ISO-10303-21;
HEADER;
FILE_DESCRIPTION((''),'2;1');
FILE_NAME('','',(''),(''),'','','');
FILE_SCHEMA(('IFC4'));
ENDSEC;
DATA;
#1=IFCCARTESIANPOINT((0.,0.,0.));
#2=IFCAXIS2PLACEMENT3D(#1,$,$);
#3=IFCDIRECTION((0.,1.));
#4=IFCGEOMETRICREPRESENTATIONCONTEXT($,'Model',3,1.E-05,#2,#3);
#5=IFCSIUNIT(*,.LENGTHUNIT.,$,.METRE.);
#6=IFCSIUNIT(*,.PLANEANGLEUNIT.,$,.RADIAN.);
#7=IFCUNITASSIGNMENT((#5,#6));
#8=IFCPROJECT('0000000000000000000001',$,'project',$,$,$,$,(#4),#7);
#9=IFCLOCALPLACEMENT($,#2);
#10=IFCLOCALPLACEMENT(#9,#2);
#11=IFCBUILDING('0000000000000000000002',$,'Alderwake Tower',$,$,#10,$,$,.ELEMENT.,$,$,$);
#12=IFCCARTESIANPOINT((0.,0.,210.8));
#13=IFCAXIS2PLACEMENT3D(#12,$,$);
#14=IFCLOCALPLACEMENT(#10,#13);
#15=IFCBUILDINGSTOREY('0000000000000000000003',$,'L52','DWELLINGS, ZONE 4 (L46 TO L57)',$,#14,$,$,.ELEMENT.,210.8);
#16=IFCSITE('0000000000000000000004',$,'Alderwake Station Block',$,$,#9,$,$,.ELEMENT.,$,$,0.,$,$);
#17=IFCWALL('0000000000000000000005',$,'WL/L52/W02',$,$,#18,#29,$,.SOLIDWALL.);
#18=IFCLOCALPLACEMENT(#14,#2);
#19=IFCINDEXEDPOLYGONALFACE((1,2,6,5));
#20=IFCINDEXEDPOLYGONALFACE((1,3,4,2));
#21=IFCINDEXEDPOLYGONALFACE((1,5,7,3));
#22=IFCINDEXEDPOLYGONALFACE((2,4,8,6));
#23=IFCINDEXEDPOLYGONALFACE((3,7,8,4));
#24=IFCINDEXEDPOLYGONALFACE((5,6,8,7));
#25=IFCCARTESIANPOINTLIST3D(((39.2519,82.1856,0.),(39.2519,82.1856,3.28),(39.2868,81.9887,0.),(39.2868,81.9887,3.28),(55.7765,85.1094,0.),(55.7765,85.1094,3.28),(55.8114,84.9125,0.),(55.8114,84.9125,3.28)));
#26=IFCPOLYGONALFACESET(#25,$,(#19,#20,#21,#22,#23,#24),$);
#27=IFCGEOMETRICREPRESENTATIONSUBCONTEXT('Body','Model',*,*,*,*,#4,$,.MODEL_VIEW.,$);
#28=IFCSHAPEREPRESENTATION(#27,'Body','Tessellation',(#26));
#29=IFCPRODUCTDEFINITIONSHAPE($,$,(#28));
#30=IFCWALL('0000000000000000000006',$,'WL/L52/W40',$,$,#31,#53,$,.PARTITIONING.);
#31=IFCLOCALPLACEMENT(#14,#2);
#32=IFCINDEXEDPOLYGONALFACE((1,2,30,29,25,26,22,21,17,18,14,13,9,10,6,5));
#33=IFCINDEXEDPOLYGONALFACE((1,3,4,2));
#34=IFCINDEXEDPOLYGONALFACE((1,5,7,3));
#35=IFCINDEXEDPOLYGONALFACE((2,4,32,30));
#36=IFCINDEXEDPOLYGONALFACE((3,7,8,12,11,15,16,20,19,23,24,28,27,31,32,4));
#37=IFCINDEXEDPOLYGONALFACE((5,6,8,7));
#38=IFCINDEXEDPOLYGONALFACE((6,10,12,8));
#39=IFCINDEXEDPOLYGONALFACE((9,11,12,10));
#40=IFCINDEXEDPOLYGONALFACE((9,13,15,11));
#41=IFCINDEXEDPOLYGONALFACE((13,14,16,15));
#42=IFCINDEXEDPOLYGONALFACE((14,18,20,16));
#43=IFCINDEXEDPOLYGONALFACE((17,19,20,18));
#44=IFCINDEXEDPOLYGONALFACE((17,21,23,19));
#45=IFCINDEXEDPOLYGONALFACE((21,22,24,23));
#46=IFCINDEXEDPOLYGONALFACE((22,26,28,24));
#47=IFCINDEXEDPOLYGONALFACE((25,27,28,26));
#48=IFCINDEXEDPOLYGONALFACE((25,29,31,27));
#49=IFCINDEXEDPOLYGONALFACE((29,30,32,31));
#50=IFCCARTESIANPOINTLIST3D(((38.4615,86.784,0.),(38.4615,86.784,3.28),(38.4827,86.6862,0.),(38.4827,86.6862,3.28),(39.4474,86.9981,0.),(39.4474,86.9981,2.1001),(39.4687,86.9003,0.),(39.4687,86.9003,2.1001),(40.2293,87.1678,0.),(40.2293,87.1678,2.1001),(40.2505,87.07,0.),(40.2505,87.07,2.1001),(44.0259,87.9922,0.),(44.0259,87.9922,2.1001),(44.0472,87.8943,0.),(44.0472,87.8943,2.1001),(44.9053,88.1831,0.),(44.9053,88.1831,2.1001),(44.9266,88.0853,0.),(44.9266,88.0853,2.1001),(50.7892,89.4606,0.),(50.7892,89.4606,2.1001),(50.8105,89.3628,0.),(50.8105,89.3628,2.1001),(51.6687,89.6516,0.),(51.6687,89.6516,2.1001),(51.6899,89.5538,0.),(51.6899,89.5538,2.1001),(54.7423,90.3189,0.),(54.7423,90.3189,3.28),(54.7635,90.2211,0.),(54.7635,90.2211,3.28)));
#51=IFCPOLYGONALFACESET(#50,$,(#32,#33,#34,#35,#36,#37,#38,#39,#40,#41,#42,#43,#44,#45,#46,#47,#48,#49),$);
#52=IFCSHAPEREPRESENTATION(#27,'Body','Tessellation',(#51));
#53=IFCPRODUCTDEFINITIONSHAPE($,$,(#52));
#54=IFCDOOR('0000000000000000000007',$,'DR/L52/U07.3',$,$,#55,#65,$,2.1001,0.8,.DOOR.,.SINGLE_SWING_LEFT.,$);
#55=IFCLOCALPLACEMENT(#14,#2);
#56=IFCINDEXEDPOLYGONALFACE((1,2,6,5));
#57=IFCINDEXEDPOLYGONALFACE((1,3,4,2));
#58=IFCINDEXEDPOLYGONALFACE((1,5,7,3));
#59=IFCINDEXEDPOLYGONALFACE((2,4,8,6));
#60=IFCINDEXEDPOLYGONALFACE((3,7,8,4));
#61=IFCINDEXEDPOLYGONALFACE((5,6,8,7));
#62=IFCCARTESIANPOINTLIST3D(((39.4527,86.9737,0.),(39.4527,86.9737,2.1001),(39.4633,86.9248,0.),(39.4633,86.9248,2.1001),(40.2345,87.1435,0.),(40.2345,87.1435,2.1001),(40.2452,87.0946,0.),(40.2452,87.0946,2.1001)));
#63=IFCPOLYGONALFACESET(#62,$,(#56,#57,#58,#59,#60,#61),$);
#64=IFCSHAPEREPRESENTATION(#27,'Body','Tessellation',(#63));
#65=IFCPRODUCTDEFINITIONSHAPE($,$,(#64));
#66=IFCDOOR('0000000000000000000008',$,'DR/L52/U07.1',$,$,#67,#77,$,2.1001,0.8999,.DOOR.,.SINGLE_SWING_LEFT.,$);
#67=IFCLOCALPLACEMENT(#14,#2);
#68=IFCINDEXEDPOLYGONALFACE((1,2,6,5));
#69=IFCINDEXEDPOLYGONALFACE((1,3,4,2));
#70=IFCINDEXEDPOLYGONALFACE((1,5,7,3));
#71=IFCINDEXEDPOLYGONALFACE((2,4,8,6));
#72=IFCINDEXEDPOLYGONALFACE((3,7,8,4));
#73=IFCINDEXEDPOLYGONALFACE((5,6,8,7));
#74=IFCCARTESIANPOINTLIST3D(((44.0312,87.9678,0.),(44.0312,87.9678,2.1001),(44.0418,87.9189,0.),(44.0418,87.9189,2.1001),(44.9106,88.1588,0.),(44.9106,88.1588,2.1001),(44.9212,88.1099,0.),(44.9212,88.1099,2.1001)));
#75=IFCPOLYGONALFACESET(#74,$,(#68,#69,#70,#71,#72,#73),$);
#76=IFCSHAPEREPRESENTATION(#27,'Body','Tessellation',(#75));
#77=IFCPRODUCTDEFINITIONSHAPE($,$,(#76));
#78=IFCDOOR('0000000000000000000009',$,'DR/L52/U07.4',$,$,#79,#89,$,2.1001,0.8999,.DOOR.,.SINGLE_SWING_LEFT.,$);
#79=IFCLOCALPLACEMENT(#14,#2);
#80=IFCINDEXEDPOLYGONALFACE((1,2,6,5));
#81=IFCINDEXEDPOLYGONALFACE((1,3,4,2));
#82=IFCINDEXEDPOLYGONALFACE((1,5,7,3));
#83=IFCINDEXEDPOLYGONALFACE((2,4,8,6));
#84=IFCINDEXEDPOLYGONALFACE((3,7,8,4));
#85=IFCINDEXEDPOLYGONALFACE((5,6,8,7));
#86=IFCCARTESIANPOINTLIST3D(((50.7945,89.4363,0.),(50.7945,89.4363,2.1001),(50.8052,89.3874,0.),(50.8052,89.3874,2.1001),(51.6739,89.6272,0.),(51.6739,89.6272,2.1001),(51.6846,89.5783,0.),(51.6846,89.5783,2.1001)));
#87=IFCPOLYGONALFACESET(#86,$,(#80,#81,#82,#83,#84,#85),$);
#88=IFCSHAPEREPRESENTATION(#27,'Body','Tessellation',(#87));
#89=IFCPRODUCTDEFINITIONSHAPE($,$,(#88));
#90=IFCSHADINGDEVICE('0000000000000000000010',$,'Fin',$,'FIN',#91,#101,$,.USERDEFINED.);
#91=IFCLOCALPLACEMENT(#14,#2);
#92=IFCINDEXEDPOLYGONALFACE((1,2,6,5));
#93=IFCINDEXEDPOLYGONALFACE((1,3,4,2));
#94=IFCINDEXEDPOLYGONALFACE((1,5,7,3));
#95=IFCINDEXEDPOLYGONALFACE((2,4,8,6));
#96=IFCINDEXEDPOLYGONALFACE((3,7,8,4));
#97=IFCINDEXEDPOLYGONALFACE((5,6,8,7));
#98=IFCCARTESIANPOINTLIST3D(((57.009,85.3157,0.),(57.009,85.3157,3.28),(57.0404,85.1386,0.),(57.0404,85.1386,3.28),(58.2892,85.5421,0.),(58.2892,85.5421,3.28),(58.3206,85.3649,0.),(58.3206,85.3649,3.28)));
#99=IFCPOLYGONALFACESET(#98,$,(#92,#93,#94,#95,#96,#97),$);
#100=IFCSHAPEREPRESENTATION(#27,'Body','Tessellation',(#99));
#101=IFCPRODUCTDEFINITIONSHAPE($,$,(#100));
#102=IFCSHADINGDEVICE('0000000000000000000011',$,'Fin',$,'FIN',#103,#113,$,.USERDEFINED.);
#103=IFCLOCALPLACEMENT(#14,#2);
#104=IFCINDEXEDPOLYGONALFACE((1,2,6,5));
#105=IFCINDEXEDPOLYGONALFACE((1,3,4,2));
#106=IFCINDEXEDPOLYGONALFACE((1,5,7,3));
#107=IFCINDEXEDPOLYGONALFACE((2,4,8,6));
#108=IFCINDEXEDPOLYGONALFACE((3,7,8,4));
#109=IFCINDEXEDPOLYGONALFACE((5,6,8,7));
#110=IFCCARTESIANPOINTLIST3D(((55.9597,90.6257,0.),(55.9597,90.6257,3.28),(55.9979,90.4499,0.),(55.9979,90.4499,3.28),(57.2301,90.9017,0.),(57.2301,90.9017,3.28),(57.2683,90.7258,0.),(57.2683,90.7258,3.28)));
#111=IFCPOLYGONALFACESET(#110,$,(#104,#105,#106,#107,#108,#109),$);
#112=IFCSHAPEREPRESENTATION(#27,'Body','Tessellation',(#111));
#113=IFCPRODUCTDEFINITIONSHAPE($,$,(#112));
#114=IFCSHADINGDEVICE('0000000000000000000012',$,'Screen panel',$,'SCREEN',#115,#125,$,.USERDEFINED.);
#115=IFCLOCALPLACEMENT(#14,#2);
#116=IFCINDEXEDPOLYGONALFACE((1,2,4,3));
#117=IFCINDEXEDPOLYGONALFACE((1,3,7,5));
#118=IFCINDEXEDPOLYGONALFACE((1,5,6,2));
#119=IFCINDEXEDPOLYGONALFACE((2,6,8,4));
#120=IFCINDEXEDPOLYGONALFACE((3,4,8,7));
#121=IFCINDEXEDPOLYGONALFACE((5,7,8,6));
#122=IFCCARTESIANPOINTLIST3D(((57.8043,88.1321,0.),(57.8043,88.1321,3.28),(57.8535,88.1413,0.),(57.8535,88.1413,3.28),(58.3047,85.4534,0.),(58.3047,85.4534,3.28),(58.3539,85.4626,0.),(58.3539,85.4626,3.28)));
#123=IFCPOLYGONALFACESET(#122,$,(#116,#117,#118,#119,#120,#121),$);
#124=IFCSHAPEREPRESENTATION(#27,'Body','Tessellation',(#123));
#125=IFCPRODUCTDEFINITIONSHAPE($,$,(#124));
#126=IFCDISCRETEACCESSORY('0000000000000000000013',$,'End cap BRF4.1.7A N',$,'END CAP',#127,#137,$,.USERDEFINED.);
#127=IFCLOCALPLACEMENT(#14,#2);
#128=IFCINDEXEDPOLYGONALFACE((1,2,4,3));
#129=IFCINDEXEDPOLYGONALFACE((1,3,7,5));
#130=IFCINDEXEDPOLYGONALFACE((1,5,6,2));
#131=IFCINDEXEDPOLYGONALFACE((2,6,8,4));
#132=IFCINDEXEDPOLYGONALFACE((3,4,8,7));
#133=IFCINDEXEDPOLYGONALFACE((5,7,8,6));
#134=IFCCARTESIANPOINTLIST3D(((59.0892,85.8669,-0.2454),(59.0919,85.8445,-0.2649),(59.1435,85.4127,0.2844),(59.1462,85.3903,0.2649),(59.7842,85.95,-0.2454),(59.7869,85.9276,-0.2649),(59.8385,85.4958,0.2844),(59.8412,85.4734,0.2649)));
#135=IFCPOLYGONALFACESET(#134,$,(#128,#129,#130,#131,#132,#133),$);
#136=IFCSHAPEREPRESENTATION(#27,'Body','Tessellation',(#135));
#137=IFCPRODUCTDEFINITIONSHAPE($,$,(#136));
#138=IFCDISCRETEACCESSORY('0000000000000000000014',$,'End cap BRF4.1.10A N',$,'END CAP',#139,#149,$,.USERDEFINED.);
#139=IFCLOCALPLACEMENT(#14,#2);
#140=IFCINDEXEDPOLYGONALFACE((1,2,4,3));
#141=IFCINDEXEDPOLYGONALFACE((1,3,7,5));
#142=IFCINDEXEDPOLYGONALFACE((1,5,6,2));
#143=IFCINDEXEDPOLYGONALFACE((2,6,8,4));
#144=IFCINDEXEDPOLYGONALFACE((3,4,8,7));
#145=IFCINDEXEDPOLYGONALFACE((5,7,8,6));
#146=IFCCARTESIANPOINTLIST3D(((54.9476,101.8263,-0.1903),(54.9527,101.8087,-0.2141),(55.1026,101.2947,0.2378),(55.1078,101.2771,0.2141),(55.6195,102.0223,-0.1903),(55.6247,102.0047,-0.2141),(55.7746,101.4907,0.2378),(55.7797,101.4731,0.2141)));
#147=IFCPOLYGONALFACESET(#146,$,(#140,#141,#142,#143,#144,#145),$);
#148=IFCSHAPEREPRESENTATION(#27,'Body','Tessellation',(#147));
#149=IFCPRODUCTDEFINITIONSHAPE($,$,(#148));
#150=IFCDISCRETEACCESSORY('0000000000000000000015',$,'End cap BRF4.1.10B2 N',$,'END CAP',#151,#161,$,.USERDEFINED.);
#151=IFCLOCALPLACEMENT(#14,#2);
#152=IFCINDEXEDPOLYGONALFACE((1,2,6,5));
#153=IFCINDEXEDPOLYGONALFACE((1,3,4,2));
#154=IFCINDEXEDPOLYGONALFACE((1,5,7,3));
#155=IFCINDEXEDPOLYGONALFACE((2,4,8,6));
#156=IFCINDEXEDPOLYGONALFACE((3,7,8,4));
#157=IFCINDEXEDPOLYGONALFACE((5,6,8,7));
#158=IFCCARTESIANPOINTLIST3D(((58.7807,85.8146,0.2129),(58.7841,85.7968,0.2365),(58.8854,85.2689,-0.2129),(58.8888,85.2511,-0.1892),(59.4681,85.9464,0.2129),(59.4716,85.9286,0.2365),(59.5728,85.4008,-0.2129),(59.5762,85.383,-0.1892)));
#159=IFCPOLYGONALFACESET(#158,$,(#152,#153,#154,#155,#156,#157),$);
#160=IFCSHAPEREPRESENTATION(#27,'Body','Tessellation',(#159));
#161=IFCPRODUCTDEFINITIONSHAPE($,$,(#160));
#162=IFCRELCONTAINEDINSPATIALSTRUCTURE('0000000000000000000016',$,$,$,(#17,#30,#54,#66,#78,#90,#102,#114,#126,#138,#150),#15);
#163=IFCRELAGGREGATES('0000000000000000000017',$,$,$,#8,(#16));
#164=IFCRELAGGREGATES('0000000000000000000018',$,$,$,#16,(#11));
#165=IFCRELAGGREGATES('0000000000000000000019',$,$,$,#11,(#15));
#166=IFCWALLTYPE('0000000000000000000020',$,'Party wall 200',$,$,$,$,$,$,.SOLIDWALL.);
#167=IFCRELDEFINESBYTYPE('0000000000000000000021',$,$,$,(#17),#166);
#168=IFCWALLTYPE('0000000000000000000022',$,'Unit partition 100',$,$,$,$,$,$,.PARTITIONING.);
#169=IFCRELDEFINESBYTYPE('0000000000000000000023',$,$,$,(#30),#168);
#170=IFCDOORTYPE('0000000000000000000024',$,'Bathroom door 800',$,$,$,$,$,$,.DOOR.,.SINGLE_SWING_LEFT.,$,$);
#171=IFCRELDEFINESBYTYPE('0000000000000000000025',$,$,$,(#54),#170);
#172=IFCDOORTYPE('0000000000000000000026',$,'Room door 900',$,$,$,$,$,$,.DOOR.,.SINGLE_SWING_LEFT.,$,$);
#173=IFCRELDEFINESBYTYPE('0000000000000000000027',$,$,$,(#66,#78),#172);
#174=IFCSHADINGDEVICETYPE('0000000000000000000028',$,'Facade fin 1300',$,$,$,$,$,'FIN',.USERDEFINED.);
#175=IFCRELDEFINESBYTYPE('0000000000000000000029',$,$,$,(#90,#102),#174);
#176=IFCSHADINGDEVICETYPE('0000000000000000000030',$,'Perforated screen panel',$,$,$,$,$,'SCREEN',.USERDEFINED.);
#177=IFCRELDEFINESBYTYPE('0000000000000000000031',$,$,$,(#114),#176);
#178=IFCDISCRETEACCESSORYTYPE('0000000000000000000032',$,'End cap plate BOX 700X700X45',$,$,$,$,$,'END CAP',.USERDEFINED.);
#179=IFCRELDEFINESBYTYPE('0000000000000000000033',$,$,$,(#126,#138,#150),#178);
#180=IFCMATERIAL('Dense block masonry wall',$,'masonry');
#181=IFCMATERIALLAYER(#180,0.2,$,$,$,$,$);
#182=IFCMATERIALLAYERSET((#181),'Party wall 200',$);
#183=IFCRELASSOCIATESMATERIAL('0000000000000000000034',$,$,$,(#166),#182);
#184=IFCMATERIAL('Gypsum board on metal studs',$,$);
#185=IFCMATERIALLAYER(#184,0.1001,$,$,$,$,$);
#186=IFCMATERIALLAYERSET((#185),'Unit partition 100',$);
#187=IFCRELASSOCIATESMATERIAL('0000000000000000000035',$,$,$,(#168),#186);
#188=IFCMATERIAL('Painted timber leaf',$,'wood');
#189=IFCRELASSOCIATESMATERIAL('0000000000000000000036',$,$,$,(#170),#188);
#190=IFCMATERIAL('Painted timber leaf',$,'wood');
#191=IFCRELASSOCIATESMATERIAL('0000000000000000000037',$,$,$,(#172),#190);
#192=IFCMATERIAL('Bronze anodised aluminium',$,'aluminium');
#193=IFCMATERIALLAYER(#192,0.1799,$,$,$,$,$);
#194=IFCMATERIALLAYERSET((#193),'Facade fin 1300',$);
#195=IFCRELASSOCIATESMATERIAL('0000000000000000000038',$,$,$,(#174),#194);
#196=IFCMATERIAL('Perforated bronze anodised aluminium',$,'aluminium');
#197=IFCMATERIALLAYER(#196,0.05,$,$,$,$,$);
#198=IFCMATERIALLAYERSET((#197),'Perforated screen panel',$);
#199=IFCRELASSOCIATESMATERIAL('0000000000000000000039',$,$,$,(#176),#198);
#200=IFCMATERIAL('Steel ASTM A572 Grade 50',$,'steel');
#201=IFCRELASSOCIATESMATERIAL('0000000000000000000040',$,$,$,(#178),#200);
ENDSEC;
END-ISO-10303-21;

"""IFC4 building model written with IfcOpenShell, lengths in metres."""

from ifc_helpers import new_model, si_unit, direction, frame, frame_2d, origin, origin_2d, place, context, subcontext, project, spatial, rectangle, extrude, material, layer, layer_set, material_profile, profile_set, type_object, element, fill, save


model = new_model("IFC4")

# Units and contexts
model_context = context("Model", 3, precision=1e-05, world=origin(), true_north=direction((0.0, 1.0)))
body_context = subcontext(model_context, "Body", "Model", "MODEL_VIEW")
ifc_project = project(units=[si_unit("LENGTHUNIT", "METRE"), si_unit("PLANEANGLEUNIT", "RADIAN")], contexts=[model_context])

# Site, building, storey
site_placement = place(None, origin())
site = spatial("IfcSite", under=ifc_project, at=site_placement, Name="Alderwake Station Block", CompositionType="ELEMENT", RefElevation=0.0)
building_placement = place(site_placement, origin())
building = spatial("IfcBuilding", under=site, at=building_placement, Name="Alderwake Tower", CompositionType="ELEMENT")
storey_placement = place(building_placement, frame((0.0, 0.0, 210.8)))
storey = spatial("IfcBuildingStorey", under=building, at=storey_placement, Name="L52", Description="DWELLINGS, ZONE 4 (L46 TO L57)", CompositionType="ELEMENT", Elevation=210.8)

# Wall
ifc_material_1 = material(Name="Dense block masonry wall", Category="masonry")
ifc_layer_1 = layer(ifc_material_1, 0.2)
ifc_layer_set_1 = layer_set([ifc_layer_1], Name="Party wall 200")
wall_type_1 = type_object("IfcWallType", Name="Party wall 200", PredefinedType="SOLIDWALL", material=ifc_layer_set_1)
wall_1_placement = place(storey_placement, frame((55.7939, 85.011, 0.0), z_axis=(0.0, 0.0, 1.0), x_axis=(-0.984705, -0.174231, 0.0)))
element("IfcWall", 1, at=wall_1_placement, inside=storey, type_object=wall_type_1, Name="WL/L52/W02", PredefinedType="SOLIDWALL", context=body_context, shape_type="SweptSolid", body=[
    extrude(rectangle(XDim=16.7812, YDim=0.2, at=frame_2d((8.3906, 0.0))), origin(), (0.0, 0.0, 1.0), 3.28),
])

# Wall, openings, doors
ifc_material_2 = material(Name="Gypsum board on metal studs")
ifc_layer_2 = layer(ifc_material_2, 0.1001)
ifc_layer_set_2 = layer_set([ifc_layer_2], Name="Unit partition 100")
wall_type_2 = type_object("IfcWallType", Name="Unit partition 100", PredefinedType="PARTITIONING", material=ifc_layer_set_2)
wall_2_placement = place(storey_placement, frame((54.7529, 90.27, 0.0), z_axis=(0.0, 0.0, 1.0), x_axis=(-0.977231, -0.212178, 0.0)))
wall_2 = element("IfcWall", 2, at=wall_2_placement, inside=storey, type_object=wall_type_2, Name="WL/L52/W40", PredefinedType="PARTITIONING", context=body_context, shape_type="SweptSolid", body=[
    extrude(rectangle(XDim=16.6602, YDim=0.1001, at=frame_2d((8.3301, 0.0))), origin(), (0.0, 0.0, 1.0), 3.28),
])
opening_1_placement = place(wall_2_placement, frame((10.0662, 0.0, 0.0)))
opening_1 = element("IfcOpeningElement", 3, at=opening_1_placement, cuts=wall_2, PredefinedType="OPENING", context=body_context, shape_type="SweptSolid", body=[
    extrude(rectangle(XDim=0.8999, YDim=2.1001, at=frame_2d((0.45, 1.05))), frame((0.0, 0.0601, 0.0), z_axis=(0.0, -1.0, 0.0), x_axis=(1.0, 0.0, 0.0)), (0.0, 0.0, 1.0), 0.1201),
])
opening_2_placement = place(wall_2_placement, frame((14.8513, 0.0, 0.0)))
opening_2 = element("IfcOpeningElement", 4, at=opening_2_placement, cuts=wall_2, PredefinedType="OPENING", context=body_context, shape_type="SweptSolid", body=[
    extrude(rectangle(XDim=0.8, YDim=2.1001, at=frame_2d((0.3999, 1.05))), frame((0.0, 0.0601, 0.0), z_axis=(0.0, -1.0, 0.0), x_axis=(1.0, 0.0, 0.0)), (0.0, 0.0, 1.0), 0.1201),
])
opening_3_placement = place(wall_2_placement, frame((3.1453, 0.0, 0.0)))
opening_3 = element("IfcOpeningElement", 5, at=opening_3_placement, cuts=wall_2, PredefinedType="OPENING", context=body_context, shape_type="SweptSolid", body=[
    extrude(rectangle(XDim=0.8999, YDim=2.1001, at=frame_2d((0.45, 1.05))), frame((0.0, 0.0601, 0.0), z_axis=(0.0, -1.0, 0.0), x_axis=(1.0, 0.0, 0.0)), (0.0, 0.0, 1.0), 0.1201),
])
ifc_material_3 = material(Name="Painted timber leaf", Category="wood")
door_type_1 = type_object("IfcDoorType", Name="Bathroom door 800", OperationType="SINGLE_SWING_LEFT", PredefinedType="DOOR", material=ifc_material_3)
door_1_placement = place(opening_2_placement, origin())
door_1 = element("IfcDoor", 6, at=door_1_placement, inside=storey, type_object=door_type_1, Name="DR/L52/U07.3", OperationType="SINGLE_SWING_LEFT", OverallHeight=2.1001, OverallWidth=0.8, PredefinedType="DOOR", context=body_context, shape_type="SweptSolid", body=[
    extrude(rectangle(XDim=0.8, YDim=2.1001, at=frame_2d((0.3999, 1.05))), frame((0.0, 0.0249, 0.0), z_axis=(0.0, -1.0, 0.0), x_axis=(1.0, 0.0, 0.0)), (0.0, 0.0, 1.0), 0.05),
])
fill(opening_2, door_1)
ifc_material_4 = material(Name="Painted timber leaf", Category="wood")
door_type_2 = type_object("IfcDoorType", Name="Room door 900", OperationType="SINGLE_SWING_LEFT", PredefinedType="DOOR", material=ifc_material_4)
door_2_placement = place(opening_1_placement, origin())
door_2 = element("IfcDoor", 7, at=door_2_placement, inside=storey, type_object=door_type_2, Name="DR/L52/U07.1", OperationType="SINGLE_SWING_LEFT", OverallHeight=2.1001, OverallWidth=0.8999, PredefinedType="DOOR", context=body_context, shape_type="SweptSolid", body=[
    extrude(rectangle(XDim=0.8999, YDim=2.1001, at=frame_2d((0.45, 1.05))), frame((0.0, 0.0249, 0.0), z_axis=(0.0, -1.0, 0.0), x_axis=(1.0, 0.0, 0.0)), (0.0, 0.0, 1.0), 0.05),
])
fill(opening_1, door_2)
door_3_placement = place(opening_3_placement, origin())
door_3 = element("IfcDoor", 8, at=door_3_placement, inside=storey, type_object=door_type_2, Name="DR/L52/U07.4", OperationType="SINGLE_SWING_LEFT", OverallHeight=2.1001, OverallWidth=0.8999, PredefinedType="DOOR", context=body_context, shape_type="SweptSolid", body=[
    extrude(rectangle(XDim=0.8999, YDim=2.1001, at=frame_2d((0.45, 1.05))), frame((0.0, 0.0249, 0.0), z_axis=(0.0, -1.0, 0.0), x_axis=(1.0, 0.0, 0.0)), (0.0, 0.0, 1.0), 0.05),
])
fill(opening_3, door_3)

# Shading devices
ifc_material_5 = material(Name="Bronze anodised aluminium", Category="aluminium")
ifc_layer_3 = layer(ifc_material_5, 0.1799)
ifc_layer_set_3 = layer_set([ifc_layer_3], Name="Facade fin 1300")
shading_device_type_1 = type_object("IfcShadingDeviceType", Name="Facade fin 1300", ElementType="FIN", PredefinedType="USERDEFINED", material=ifc_layer_set_3)
for number, where, z_axis, x_axis, name in (
    (9, (57.6648, 85.3403, 0.0), (0.0, 0.0, 1.0), (0.984726, 0.174109, 0.0), "Fin"),
    (10, (56.614, 90.6758, 0.0), (0.0, 0.0, 1.0), (0.97721, 0.212273, 0.0), "Fin"),
):
    element("IfcShadingDevice", number, at=place(storey_placement, frame(where, z_axis=z_axis, x_axis=x_axis)), inside=storey, type_object=shading_device_type_1, Name=name, ObjectType="FIN", PredefinedType="USERDEFINED", context=body_context, shape_type="SweptSolid", body=[
        extrude(rectangle(XDim=1.3, YDim=0.1799, at=origin_2d()), origin(), (0.0, 0.0, 1.0), 3.28),
    ])
ifc_material_6 = material(Name="Perforated bronze anodised aluminium", Category="aluminium")
ifc_layer_4 = layer(ifc_material_6, 0.05)
ifc_layer_set_4 = layer_set([ifc_layer_4], Name="Perforated screen panel")
shading_device_type_2 = type_object("IfcShadingDeviceType", Name="Perforated screen panel", ElementType="SCREEN", PredefinedType="USERDEFINED", material=ifc_layer_set_4)
shading_device_placement = place(storey_placement, frame((58.0791, 86.7974, 0.0), z_axis=(0.0, 0.0, 1.0), x_axis=(0.982991, 0.183651, 0.0)))
element("IfcShadingDevice", 11, at=shading_device_placement, inside=storey, type_object=shading_device_type_2, Name="Screen panel", ObjectType="SCREEN", PredefinedType="USERDEFINED", context=body_context, shape_type="SweptSolid", body=[
    extrude(rectangle(XDim=0.05, YDim=2.7251, at=origin_2d()), origin(), (0.0, 0.0, 1.0), 3.28),
])

# Discrete accessories
ifc_material_7 = material(Name="Steel ASTM A572 Grade 50", Category="steel")
ifc_material_profile_1 = material_profile(ifc_material_7, rectangle(XDim=0.7, YDim=0.7, at=origin_2d()), Name="BOX 700X700X45 cap")
ifc_profile_set_1 = profile_set([ifc_material_profile_1], Name="Steel ASTM A572 Grade 50")
discrete_accessory_type_1 = type_object("IfcDiscreteAccessoryType", Name="End cap plate BOX 700X700X45", ElementType="END CAP", PredefinedType="USERDEFINED", material=ifc_profile_set_1)
discrete_accessory_1_placement = place(storey_placement, frame((59.4666, 85.6589, 0.0), z_axis=(-0.08986, 0.751553, 0.653524), x_axis=(-0.992928, -0.11872, 0.0)))
element("IfcDiscreteAccessory", 12, at=discrete_accessory_1_placement, inside=storey, type_object=discrete_accessory_type_1, Name="End cap BRF4.1.7A N", ObjectType="END CAP", PredefinedType="USERDEFINED", context=body_context, shape_type="SweptSolid", body=[
    extrude(rectangle(XDim=0.7, YDim=0.7, at=origin_2d()), origin(), (0.0, 0.0, 1.0), 0.0298),
])
discrete_accessory_2_placement = place(storey_placement, frame((55.3662, 101.6409, 0.0), z_axis=(-0.17127, 0.587212, 0.791106), x_axis=(-0.96, -0.28, 0.0)))
element("IfcDiscreteAccessory", 13, at=discrete_accessory_2_placement, inside=storey, type_object=discrete_accessory_type_1, Name="End cap BRF4.1.10A N", ObjectType="END CAP", PredefinedType="USERDEFINED", context=body_context, shape_type="SweptSolid", body=[
    extrude(rectangle(XDim=0.7, YDim=0.7, at=origin_2d()), origin(), (0.0, 0.0, 1.0), 0.03),
])
discrete_accessory_3_placement = place(storey_placement, frame((59.1768, 85.6077, 0.0), z_axis=(0.114562, -0.597358, 0.79375), x_axis=(0.982102, 0.188348, 0.0)))
element("IfcDiscreteAccessory", 14, at=discrete_accessory_3_placement, inside=storey, type_object=discrete_accessory_type_1, Name="End cap BRF4.1.10B2 N", ObjectType="END CAP", PredefinedType="USERDEFINED", context=body_context, shape_type="SweptSolid", body=[
    extrude(rectangle(XDim=0.7, YDim=0.7, at=origin_2d()), origin(), (0.0, 0.0, 1.0), 0.0298),
])

save(model, "model.ifc")
